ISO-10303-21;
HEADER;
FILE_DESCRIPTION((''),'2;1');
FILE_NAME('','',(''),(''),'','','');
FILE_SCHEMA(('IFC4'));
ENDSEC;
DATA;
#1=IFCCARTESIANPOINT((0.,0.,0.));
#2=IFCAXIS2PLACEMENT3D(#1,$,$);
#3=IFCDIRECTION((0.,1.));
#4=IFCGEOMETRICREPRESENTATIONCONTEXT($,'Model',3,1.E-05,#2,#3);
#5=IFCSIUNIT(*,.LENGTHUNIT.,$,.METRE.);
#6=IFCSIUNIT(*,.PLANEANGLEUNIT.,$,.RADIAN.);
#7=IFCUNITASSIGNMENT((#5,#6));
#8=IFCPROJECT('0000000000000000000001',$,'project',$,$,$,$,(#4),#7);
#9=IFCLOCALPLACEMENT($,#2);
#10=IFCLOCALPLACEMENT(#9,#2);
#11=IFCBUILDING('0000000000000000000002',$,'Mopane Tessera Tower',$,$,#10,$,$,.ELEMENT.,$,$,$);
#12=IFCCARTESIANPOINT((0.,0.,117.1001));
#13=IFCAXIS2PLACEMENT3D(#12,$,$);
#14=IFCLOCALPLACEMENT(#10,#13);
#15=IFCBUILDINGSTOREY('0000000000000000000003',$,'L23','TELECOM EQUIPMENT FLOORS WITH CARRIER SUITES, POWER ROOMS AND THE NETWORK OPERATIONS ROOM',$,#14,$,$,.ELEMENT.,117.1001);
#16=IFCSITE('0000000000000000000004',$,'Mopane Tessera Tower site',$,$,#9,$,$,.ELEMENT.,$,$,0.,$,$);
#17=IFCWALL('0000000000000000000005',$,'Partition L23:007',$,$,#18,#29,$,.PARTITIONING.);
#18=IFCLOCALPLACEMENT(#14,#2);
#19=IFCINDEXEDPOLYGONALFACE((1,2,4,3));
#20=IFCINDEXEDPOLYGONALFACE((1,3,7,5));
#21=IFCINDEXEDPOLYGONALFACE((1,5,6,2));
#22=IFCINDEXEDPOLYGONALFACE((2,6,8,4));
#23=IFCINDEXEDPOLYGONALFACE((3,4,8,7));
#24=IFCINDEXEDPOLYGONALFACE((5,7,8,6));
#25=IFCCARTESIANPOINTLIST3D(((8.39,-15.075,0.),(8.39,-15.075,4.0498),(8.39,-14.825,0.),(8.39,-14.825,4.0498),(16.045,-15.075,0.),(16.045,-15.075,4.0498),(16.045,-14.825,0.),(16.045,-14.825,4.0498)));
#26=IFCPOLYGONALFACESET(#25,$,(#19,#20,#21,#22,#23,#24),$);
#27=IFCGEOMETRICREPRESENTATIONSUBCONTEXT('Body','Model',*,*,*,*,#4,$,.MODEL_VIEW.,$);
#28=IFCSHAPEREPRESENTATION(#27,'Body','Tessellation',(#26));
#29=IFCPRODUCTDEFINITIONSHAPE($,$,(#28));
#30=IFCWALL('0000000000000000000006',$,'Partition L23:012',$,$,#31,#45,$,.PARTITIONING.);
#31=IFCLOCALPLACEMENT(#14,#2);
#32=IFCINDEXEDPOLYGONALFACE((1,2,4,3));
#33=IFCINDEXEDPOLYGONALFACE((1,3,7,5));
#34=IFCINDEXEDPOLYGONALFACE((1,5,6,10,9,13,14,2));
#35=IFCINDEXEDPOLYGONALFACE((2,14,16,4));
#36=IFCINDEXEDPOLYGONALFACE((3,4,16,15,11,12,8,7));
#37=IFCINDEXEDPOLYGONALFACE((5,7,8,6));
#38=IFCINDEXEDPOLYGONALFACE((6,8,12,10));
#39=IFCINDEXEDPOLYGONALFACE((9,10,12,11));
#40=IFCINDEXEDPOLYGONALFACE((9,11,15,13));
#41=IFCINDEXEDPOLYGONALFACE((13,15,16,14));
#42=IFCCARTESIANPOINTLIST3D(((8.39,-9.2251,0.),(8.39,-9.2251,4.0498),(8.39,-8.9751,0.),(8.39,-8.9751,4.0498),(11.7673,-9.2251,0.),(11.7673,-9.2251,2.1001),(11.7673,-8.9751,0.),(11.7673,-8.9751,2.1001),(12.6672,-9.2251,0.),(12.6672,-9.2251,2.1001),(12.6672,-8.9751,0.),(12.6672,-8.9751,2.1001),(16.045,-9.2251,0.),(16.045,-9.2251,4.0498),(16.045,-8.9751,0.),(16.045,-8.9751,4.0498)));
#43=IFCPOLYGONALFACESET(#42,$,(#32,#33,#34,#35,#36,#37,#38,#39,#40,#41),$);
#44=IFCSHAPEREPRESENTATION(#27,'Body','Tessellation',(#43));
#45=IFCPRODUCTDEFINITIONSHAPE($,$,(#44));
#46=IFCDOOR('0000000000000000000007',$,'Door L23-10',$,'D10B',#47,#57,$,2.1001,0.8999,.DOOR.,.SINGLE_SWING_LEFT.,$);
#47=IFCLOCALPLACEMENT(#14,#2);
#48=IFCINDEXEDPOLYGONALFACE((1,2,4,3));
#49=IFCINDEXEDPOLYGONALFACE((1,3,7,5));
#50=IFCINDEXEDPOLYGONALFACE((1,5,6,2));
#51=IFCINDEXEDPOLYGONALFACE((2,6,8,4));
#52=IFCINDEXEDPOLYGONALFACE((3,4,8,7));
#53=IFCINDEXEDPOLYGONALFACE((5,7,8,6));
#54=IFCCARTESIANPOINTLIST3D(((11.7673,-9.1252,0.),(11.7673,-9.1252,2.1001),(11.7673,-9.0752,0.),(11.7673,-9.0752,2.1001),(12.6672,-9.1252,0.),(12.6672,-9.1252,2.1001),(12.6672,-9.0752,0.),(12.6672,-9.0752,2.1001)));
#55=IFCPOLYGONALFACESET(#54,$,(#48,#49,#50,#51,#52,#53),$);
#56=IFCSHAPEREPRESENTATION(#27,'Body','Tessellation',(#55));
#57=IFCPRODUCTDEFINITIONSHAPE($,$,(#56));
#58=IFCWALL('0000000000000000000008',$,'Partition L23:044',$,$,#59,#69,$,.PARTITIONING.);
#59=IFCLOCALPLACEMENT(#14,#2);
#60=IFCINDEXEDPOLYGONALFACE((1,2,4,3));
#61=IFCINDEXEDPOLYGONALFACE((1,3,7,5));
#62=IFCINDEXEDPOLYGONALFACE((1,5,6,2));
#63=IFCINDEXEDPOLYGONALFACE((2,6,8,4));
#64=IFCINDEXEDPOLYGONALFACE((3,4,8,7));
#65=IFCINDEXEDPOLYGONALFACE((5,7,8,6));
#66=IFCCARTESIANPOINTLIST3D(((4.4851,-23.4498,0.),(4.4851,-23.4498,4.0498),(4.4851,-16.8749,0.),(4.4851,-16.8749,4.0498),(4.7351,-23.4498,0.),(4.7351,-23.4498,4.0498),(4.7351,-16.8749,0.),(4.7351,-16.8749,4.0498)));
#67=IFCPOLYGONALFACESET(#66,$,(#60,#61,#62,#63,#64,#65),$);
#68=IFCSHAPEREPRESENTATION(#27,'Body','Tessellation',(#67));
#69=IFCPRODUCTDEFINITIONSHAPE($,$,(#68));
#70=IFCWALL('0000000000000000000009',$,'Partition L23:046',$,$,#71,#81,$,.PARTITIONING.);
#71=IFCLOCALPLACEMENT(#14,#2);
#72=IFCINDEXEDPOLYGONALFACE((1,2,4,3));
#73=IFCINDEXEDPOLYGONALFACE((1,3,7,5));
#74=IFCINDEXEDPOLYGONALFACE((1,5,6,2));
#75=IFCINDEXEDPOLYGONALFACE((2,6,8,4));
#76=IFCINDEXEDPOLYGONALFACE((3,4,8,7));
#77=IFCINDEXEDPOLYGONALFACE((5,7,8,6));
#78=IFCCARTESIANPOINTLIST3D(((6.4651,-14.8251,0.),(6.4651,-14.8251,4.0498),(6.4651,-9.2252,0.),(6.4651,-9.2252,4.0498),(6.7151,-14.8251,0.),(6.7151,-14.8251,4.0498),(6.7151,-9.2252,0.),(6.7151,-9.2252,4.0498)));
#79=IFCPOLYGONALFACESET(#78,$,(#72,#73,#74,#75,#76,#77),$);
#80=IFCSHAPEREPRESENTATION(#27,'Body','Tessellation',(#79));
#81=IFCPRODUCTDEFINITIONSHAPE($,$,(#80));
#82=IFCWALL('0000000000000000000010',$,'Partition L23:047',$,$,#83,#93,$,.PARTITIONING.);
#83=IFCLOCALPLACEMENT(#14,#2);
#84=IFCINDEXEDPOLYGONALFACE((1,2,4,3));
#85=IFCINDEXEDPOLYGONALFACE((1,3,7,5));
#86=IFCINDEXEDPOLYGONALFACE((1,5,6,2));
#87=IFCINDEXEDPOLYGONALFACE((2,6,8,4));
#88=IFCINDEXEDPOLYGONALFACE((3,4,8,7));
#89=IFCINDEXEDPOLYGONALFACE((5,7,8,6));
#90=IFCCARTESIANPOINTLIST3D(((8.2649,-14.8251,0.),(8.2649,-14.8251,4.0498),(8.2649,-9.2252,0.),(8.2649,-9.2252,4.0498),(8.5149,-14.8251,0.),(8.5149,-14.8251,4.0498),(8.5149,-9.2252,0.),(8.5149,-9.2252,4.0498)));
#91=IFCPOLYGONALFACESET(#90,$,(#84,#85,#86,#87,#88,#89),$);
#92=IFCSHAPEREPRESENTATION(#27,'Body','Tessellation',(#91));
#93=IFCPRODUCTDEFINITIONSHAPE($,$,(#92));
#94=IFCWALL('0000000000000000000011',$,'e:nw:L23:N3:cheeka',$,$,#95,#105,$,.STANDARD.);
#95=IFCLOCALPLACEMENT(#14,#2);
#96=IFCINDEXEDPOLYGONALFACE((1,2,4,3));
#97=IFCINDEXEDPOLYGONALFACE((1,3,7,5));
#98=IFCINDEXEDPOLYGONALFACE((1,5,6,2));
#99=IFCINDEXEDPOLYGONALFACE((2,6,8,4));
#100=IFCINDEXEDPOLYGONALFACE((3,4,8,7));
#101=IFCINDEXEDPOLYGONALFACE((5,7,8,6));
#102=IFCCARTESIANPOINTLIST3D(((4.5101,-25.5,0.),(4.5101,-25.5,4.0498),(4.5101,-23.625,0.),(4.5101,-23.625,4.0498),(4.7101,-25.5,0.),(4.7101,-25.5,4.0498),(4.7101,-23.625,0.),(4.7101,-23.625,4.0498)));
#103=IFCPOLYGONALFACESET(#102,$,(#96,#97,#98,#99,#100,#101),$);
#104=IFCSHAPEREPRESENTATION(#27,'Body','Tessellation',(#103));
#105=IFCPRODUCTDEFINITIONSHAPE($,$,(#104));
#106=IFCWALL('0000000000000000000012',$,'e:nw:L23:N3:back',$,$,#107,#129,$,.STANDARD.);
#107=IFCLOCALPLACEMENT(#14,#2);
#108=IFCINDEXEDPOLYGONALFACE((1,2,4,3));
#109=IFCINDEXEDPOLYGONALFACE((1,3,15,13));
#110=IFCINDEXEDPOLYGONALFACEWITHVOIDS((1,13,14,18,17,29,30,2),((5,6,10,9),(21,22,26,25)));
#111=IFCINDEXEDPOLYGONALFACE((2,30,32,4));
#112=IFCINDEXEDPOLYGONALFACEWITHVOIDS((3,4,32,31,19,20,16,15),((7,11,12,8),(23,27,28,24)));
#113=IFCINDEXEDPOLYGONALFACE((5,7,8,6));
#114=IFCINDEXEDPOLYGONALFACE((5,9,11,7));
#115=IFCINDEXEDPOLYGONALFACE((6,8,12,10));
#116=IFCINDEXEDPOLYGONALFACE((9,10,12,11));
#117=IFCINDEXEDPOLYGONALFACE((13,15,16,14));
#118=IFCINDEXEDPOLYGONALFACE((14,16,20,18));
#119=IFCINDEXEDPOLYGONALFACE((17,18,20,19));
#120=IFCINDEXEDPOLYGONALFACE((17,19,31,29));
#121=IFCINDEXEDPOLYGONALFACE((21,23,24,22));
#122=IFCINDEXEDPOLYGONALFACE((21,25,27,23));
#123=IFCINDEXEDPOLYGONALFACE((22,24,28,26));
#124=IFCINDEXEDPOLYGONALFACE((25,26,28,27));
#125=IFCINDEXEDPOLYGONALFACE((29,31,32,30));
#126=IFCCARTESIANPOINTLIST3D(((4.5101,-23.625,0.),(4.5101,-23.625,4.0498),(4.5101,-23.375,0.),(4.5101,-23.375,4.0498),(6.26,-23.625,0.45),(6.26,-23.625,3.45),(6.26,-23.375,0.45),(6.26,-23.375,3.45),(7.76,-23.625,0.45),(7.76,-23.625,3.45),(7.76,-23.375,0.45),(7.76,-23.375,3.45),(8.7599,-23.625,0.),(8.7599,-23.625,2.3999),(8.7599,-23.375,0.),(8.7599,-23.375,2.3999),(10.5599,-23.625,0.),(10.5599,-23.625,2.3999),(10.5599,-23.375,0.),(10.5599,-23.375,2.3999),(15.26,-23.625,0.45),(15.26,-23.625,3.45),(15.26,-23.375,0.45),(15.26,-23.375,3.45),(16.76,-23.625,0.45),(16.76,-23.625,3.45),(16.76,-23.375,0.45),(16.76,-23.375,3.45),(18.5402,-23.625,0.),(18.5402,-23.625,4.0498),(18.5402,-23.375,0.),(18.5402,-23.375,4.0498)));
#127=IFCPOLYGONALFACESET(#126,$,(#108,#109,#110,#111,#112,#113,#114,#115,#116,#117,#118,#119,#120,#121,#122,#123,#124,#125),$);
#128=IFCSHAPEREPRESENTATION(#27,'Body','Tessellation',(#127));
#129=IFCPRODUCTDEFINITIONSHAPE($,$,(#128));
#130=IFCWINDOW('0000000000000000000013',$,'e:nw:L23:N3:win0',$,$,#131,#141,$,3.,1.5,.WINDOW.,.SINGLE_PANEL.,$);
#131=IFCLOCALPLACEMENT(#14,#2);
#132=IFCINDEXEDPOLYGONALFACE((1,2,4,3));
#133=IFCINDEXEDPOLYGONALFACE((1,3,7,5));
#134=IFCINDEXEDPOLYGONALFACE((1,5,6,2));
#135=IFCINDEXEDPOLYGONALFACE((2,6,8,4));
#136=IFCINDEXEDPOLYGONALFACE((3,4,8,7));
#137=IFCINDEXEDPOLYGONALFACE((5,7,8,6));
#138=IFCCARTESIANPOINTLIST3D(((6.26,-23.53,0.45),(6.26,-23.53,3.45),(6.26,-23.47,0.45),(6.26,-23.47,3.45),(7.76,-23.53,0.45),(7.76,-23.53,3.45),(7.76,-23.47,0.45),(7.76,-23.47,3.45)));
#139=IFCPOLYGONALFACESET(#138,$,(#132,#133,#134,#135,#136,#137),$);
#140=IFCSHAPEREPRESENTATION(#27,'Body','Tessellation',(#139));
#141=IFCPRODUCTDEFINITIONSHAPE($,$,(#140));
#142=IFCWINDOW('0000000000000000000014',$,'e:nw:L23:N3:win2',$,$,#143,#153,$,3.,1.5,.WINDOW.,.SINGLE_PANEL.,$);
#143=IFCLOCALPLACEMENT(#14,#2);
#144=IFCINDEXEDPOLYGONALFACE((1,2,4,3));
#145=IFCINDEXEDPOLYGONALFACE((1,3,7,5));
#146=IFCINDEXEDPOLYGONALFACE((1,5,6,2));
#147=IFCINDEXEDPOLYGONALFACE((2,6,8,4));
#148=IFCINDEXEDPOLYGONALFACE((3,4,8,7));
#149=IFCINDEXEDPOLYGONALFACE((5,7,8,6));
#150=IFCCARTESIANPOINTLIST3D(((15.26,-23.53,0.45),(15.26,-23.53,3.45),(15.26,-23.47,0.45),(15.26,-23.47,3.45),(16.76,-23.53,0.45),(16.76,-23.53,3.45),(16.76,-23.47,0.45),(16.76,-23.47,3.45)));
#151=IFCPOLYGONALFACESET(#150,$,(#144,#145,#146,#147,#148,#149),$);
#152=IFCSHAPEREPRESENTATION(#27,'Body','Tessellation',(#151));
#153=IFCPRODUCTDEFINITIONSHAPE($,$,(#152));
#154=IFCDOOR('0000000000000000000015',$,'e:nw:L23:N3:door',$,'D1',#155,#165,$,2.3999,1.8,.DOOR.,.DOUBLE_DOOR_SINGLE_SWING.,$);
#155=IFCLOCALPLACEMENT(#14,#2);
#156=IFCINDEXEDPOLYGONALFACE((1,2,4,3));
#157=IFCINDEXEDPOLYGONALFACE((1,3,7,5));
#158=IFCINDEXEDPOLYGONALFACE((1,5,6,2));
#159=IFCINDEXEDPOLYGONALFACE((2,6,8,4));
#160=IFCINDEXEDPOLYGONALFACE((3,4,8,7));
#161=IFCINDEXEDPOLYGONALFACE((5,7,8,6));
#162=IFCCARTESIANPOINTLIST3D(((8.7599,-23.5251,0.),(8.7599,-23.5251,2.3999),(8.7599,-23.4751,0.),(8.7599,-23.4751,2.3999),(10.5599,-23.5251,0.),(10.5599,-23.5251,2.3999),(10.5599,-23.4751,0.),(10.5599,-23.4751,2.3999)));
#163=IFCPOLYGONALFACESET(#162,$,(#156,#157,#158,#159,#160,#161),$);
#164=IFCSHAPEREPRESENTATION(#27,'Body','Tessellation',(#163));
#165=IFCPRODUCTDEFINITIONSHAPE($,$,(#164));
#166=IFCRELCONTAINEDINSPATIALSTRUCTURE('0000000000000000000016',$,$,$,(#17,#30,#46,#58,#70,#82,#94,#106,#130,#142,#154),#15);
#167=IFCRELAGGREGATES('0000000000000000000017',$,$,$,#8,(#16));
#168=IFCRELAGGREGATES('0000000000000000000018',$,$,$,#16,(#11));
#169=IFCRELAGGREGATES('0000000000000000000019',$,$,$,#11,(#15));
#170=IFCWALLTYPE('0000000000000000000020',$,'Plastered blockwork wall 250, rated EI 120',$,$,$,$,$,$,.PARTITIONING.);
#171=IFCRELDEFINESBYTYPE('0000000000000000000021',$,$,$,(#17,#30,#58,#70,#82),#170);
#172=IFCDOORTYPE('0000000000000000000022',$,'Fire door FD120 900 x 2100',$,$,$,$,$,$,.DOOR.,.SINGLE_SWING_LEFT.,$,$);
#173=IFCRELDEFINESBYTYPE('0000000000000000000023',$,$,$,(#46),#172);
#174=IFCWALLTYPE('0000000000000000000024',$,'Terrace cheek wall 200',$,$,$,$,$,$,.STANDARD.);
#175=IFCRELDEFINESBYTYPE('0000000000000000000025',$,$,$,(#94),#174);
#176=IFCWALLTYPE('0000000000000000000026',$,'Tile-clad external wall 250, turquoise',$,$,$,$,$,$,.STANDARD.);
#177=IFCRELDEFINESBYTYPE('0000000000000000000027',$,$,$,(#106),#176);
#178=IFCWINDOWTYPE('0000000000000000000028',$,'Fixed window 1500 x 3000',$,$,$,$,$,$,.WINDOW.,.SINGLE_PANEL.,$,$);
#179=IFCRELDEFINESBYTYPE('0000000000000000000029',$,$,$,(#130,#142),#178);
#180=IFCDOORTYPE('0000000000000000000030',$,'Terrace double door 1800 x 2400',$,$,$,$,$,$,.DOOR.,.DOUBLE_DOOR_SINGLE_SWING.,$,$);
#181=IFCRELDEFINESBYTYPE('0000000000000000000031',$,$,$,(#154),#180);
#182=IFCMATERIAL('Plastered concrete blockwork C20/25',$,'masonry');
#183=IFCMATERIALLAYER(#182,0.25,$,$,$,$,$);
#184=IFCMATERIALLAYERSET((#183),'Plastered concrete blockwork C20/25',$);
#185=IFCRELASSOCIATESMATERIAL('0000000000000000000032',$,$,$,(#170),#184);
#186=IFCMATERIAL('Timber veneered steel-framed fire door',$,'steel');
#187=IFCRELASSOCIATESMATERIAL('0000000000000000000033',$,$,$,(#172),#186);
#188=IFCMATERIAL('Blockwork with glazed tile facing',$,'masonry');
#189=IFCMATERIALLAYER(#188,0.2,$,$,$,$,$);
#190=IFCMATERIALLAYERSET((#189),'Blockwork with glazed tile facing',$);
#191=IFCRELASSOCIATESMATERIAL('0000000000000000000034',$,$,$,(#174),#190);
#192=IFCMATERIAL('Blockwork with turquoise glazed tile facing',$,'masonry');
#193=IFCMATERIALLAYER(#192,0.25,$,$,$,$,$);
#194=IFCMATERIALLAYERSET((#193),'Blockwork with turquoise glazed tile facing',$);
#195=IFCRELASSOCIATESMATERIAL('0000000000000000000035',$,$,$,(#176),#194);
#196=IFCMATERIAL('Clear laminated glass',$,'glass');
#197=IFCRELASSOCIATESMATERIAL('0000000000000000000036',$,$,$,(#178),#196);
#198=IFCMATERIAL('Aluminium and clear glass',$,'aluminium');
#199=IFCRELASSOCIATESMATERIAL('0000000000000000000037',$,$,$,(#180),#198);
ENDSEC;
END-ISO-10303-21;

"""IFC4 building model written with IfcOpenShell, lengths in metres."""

from ifc_helpers import new_model, si_unit, direction, frame, frame_2d, origin, place, context, subcontext, project, spatial, rectangle, extrude, material, layer, layer_set, type_object, element, fill, save


model = new_model("IFC4")

# Units and contexts
model_context = context("Model", 3, precision=1e-05, world=origin(), true_north=direction((0.0, 1.0)))
body_context = subcontext(model_context, "Body", "Model", "MODEL_VIEW")
ifc_project = project(units=[si_unit("LENGTHUNIT", "METRE"), si_unit("PLANEANGLEUNIT", "RADIAN")], contexts=[model_context])

# Site, building, storey
site_placement = place(None, origin())
site = spatial("IfcSite", under=ifc_project, at=site_placement, Name="Mopane Tessera Tower site", CompositionType="ELEMENT", RefElevation=0.0)
building_placement = place(site_placement, origin())
building = spatial("IfcBuilding", under=site, at=building_placement, Name="Mopane Tessera Tower", CompositionType="ELEMENT")
storey_placement = place(building_placement, frame((0.0, 0.0, 117.1001)))
storey = spatial("IfcBuildingStorey", under=building, at=storey_placement, Name="L23", Description="TELECOM EQUIPMENT FLOORS WITH CARRIER SUITES, POWER ROOMS AND THE NETWORK OPERATIONS ROOM", CompositionType="ELEMENT", Elevation=117.1001)

# Wall
ifc_material_1 = material(Name="Plastered concrete blockwork C20/25", Category="masonry")
ifc_layer_1 = layer(ifc_material_1, 0.25)
ifc_layer_set_1 = layer_set([ifc_layer_1], Name="Plastered concrete blockwork C20/25")
wall_type_1 = type_object("IfcWallType", Name="Plastered blockwork wall 250, rated EI 120", PredefinedType="PARTITIONING", material=ifc_layer_set_1)
wall_1_placement = place(storey_placement, frame((8.3899, -14.95, 0.0), z_axis=(0.0, 0.0, 1.0), x_axis=(1.0, 0.0, 0.0)))
element("IfcWall", 1, at=wall_1_placement, inside=storey, type_object=wall_type_1, Name="Partition L23:007", PredefinedType="PARTITIONING", context=body_context, shape_type="SweptSolid", body=[
    extrude(rectangle(XDim=7.655, YDim=0.25, at=frame_2d((3.8276, 0.0))), origin(), (0.0, 0.0, 1.0), 4.0498),
])

# Wall, opening, door
wall_2_placement = place(storey_placement, frame((8.3899, -9.1001, 0.0), z_axis=(0.0, 0.0, 1.0), x_axis=(1.0, 0.0, 0.0)))
wall_2 = element("IfcWall", 2, at=wall_2_placement, inside=storey, type_object=wall_type_1, Name="Partition L23:012", PredefinedType="PARTITIONING", context=body_context, shape_type="SweptSolid", body=[
    extrude(rectangle(XDim=7.655, YDim=0.25, at=frame_2d((3.8276, 0.0))), origin(), (0.0, 0.0, 1.0), 4.0498),
])
opening_1_placement = place(wall_2_placement, frame((3.3774, 0.0, 0.0)))
opening_1 = element("IfcOpeningElement", 3, at=opening_1_placement, cuts=wall_2, PredefinedType="OPENING", context=body_context, shape_type="SweptSolid", body=[
    extrude(rectangle(XDim=0.8999, YDim=2.1001, at=frame_2d((0.45, 1.05))), frame((0.0, 0.137, 0.0), z_axis=(0.0, -1.0, 0.0), x_axis=(1.0, 0.0, 0.0)), (0.0, 0.0, 1.0), 0.2739),
])
ifc_material_2 = material(Name="Timber veneered steel-framed fire door", Category="steel")
door_type_1 = type_object("IfcDoorType", Name="Fire door FD120 900 x 2100", OperationType="SINGLE_SWING_LEFT", PredefinedType="DOOR", material=ifc_material_2)
door_1_placement = place(opening_1_placement, origin())
door_1 = element("IfcDoor", 4, at=door_1_placement, inside=storey, type_object=door_type_1, Name="Door L23-10", ObjectType="D10B", OperationType="SINGLE_SWING_LEFT", OverallHeight=2.1001, OverallWidth=0.8999, PredefinedType="DOOR", context=body_context, shape_type="SweptSolid", body=[
    extrude(rectangle(XDim=0.8999, YDim=2.1001, at=frame_2d((0.45, 1.05))), frame((0.0, 0.0249, 0.0), z_axis=(0.0, -1.0, 0.0), x_axis=(1.0, 0.0, 0.0)), (0.0, 0.0, 1.0), 0.05),
])
fill(opening_1, door_1)

# Walls
wall_3_placement = place(storey_placement, frame((4.6101, -23.45, 0.0), z_axis=(0.0, 0.0, 1.0), x_axis=(0.0, 1.0, 0.0)))
element("IfcWall", 5, at=wall_3_placement, inside=storey, type_object=wall_type_1, Name="Partition L23:044", PredefinedType="PARTITIONING", context=body_context, shape_type="SweptSolid", body=[
    extrude(rectangle(XDim=6.575, YDim=0.25, at=frame_2d((3.2876, 0.0))), origin(), (0.0, 0.0, 1.0), 4.0498),
])
for number, where, z_axis, x_axis, name in (
    (6, (6.5901, -14.825, 0.0), (0.0, 0.0, 1.0), (0.0, 1.0, 0.0), "Partition L23:046"),
    (7, (8.3899, -14.825, 0.0), (0.0, 0.0, 1.0), (0.0, 1.0, 0.0), "Partition L23:047"),
):
    element("IfcWall", number, at=place(storey_placement, frame(where, z_axis=z_axis, x_axis=x_axis)), inside=storey, type_object=wall_type_1, Name=name, PredefinedType="PARTITIONING", context=body_context, shape_type="SweptSolid", body=[
        extrude(rectangle(XDim=5.5999, YDim=0.25, at=frame_2d((2.7998, 0.0))), origin(), (0.0, 0.0, 1.0), 4.0498),
    ])
ifc_material_3 = material(Name="Blockwork with glazed tile facing", Category="masonry")
ifc_layer_2 = layer(ifc_material_3, 0.2)
ifc_layer_set_2 = layer_set([ifc_layer_2], Name="Blockwork with glazed tile facing")
wall_type_2 = type_object("IfcWallType", Name="Terrace cheek wall 200", PredefinedType="STANDARD", material=ifc_layer_set_2)
wall_4_placement = place(storey_placement, frame((4.6101, -25.5, 0.0), z_axis=(0.0, 0.0, 1.0), x_axis=(0.0, 1.0, 0.0)))
element("IfcWall", 8, at=wall_4_placement, inside=storey, type_object=wall_type_2, Name="e:nw:L23:N3:cheeka", PredefinedType="STANDARD", context=body_context, shape_type="SweptSolid", body=[
    extrude(rectangle(XDim=1.875, YDim=0.2, at=frame_2d((0.9375, 0.0))), origin(), (0.0, 0.0, 1.0), 4.0498),
])

# Wall, openings, windows, door
ifc_material_4 = material(Name="Blockwork with turquoise glazed tile facing", Category="masonry")
ifc_layer_3 = layer(ifc_material_4, 0.25)
ifc_layer_set_3 = layer_set([ifc_layer_3], Name="Blockwork with turquoise glazed tile facing")
wall_type_3 = type_object("IfcWallType", Name="Tile-clad external wall 250, turquoise", PredefinedType="STANDARD", material=ifc_layer_set_3)
wall_5_placement = place(storey_placement, frame((4.51, -23.5, 0.0), z_axis=(0.0, 0.0, 1.0), x_axis=(1.0, 0.0, 0.0)))
wall_5 = element("IfcWall", 9, at=wall_5_placement, inside=storey, type_object=wall_type_3, Name="e:nw:L23:N3:back", PredefinedType="STANDARD", context=body_context, shape_type="SweptSolid", body=[
    extrude(rectangle(XDim=14.03, YDim=0.25, at=frame_2d((7.0151, 0.0))), origin(), (0.0, 0.0, 1.0), 4.0498),
])
opening_2_placement = place(wall_5_placement, frame((1.75, 0.0, 0.45)))
opening_2 = element("IfcOpeningElement", 10, at=opening_2_placement, cuts=wall_5, PredefinedType="OPENING", context=body_context, shape_type="SweptSolid", body=[
    extrude(rectangle(XDim=1.5, YDim=3.0, at=frame_2d((0.75, 1.5))), frame((0.0, 0.137, 0.0), z_axis=(0.0, -1.0, 0.0), x_axis=(1.0, 0.0, 0.0)), (0.0, 0.0, 1.0), 0.2739),
])
opening_3_placement = place(wall_5_placement, frame((4.25, 0.0, 0.0)))
opening_3 = element("IfcOpeningElement", 11, at=opening_3_placement, cuts=wall_5, PredefinedType="OPENING", context=body_context, shape_type="SweptSolid", body=[
    extrude(rectangle(XDim=1.8, YDim=2.3999, at=frame_2d((0.8999, 1.2))), frame((0.0, 0.137, 0.0), z_axis=(0.0, -1.0, 0.0), x_axis=(1.0, 0.0, 0.0)), (0.0, 0.0, 1.0), 0.2739),
])
opening_4_placement = place(wall_5_placement, frame((10.75, 0.0, 0.45)))
opening_4 = element("IfcOpeningElement", 12, at=opening_4_placement, cuts=wall_5, PredefinedType="OPENING", context=body_context, shape_type="SweptSolid", body=[
    extrude(rectangle(XDim=1.5, YDim=3.0, at=frame_2d((0.75, 1.5))), frame((0.0, 0.137, 0.0), z_axis=(0.0, -1.0, 0.0), x_axis=(1.0, 0.0, 0.0)), (0.0, 0.0, 1.0), 0.2739),
])
ifc_material_5 = material(Name="Clear laminated glass", Category="glass")
window_type = type_object("IfcWindowType", Name="Fixed window 1500 x 3000", PartitioningType="SINGLE_PANEL", PredefinedType="WINDOW", material=ifc_material_5)
window_1_placement = place(opening_2_placement, origin())
window_1 = element("IfcWindow", 13, at=window_1_placement, inside=storey, type_object=window_type, Name="e:nw:L23:N3:win0", OverallHeight=3.0, OverallWidth=1.5, PartitioningType="SINGLE_PANEL", PredefinedType="WINDOW", context=body_context, shape_type="SweptSolid", body=[
    extrude(rectangle(XDim=1.5, YDim=3.0, at=frame_2d((0.75, 1.5))), frame((0.0, 0.03, 0.0), z_axis=(0.0, -1.0, 0.0), x_axis=(1.0, 0.0, 0.0)), (0.0, 0.0, 1.0), 0.0601),
])
fill(opening_2, window_1)
window_2_placement = place(opening_4_placement, origin())
window_2 = element("IfcWindow", 14, at=window_2_placement, inside=storey, type_object=window_type, Name="e:nw:L23:N3:win2", OverallHeight=3.0, OverallWidth=1.5, PartitioningType="SINGLE_PANEL", PredefinedType="WINDOW", context=body_context, shape_type="SweptSolid", body=[
    extrude(rectangle(XDim=1.5, YDim=3.0, at=frame_2d((0.75, 1.5))), frame((0.0, 0.03, 0.0), z_axis=(0.0, -1.0, 0.0), x_axis=(1.0, 0.0, 0.0)), (0.0, 0.0, 1.0), 0.0601),
])
fill(opening_4, window_2)
ifc_material_6 = material(Name="Aluminium and clear glass", Category="aluminium")
door_type_2 = type_object("IfcDoorType", Name="Terrace double door 1800 x 2400", OperationType="DOUBLE_DOOR_SINGLE_SWING", PredefinedType="DOOR", material=ifc_material_6)
door_2_placement = place(opening_3_placement, origin())
door_2 = element("IfcDoor", 15, at=door_2_placement, inside=storey, type_object=door_type_2, Name="e:nw:L23:N3:door", ObjectType="D1", OperationType="DOUBLE_DOOR_SINGLE_SWING", OverallHeight=2.3999, OverallWidth=1.8, PredefinedType="DOOR", context=body_context, shape_type="SweptSolid", body=[
    extrude(rectangle(XDim=1.8, YDim=2.3999, at=frame_2d((0.8999, 1.2))), frame((0.0, 0.0249, 0.0), z_axis=(0.0, -1.0, 0.0), x_axis=(1.0, 0.0, 0.0)), (0.0, 0.0, 1.0), 0.05),
])
fill(opening_3, door_2)

save(model, "model.ifc")
